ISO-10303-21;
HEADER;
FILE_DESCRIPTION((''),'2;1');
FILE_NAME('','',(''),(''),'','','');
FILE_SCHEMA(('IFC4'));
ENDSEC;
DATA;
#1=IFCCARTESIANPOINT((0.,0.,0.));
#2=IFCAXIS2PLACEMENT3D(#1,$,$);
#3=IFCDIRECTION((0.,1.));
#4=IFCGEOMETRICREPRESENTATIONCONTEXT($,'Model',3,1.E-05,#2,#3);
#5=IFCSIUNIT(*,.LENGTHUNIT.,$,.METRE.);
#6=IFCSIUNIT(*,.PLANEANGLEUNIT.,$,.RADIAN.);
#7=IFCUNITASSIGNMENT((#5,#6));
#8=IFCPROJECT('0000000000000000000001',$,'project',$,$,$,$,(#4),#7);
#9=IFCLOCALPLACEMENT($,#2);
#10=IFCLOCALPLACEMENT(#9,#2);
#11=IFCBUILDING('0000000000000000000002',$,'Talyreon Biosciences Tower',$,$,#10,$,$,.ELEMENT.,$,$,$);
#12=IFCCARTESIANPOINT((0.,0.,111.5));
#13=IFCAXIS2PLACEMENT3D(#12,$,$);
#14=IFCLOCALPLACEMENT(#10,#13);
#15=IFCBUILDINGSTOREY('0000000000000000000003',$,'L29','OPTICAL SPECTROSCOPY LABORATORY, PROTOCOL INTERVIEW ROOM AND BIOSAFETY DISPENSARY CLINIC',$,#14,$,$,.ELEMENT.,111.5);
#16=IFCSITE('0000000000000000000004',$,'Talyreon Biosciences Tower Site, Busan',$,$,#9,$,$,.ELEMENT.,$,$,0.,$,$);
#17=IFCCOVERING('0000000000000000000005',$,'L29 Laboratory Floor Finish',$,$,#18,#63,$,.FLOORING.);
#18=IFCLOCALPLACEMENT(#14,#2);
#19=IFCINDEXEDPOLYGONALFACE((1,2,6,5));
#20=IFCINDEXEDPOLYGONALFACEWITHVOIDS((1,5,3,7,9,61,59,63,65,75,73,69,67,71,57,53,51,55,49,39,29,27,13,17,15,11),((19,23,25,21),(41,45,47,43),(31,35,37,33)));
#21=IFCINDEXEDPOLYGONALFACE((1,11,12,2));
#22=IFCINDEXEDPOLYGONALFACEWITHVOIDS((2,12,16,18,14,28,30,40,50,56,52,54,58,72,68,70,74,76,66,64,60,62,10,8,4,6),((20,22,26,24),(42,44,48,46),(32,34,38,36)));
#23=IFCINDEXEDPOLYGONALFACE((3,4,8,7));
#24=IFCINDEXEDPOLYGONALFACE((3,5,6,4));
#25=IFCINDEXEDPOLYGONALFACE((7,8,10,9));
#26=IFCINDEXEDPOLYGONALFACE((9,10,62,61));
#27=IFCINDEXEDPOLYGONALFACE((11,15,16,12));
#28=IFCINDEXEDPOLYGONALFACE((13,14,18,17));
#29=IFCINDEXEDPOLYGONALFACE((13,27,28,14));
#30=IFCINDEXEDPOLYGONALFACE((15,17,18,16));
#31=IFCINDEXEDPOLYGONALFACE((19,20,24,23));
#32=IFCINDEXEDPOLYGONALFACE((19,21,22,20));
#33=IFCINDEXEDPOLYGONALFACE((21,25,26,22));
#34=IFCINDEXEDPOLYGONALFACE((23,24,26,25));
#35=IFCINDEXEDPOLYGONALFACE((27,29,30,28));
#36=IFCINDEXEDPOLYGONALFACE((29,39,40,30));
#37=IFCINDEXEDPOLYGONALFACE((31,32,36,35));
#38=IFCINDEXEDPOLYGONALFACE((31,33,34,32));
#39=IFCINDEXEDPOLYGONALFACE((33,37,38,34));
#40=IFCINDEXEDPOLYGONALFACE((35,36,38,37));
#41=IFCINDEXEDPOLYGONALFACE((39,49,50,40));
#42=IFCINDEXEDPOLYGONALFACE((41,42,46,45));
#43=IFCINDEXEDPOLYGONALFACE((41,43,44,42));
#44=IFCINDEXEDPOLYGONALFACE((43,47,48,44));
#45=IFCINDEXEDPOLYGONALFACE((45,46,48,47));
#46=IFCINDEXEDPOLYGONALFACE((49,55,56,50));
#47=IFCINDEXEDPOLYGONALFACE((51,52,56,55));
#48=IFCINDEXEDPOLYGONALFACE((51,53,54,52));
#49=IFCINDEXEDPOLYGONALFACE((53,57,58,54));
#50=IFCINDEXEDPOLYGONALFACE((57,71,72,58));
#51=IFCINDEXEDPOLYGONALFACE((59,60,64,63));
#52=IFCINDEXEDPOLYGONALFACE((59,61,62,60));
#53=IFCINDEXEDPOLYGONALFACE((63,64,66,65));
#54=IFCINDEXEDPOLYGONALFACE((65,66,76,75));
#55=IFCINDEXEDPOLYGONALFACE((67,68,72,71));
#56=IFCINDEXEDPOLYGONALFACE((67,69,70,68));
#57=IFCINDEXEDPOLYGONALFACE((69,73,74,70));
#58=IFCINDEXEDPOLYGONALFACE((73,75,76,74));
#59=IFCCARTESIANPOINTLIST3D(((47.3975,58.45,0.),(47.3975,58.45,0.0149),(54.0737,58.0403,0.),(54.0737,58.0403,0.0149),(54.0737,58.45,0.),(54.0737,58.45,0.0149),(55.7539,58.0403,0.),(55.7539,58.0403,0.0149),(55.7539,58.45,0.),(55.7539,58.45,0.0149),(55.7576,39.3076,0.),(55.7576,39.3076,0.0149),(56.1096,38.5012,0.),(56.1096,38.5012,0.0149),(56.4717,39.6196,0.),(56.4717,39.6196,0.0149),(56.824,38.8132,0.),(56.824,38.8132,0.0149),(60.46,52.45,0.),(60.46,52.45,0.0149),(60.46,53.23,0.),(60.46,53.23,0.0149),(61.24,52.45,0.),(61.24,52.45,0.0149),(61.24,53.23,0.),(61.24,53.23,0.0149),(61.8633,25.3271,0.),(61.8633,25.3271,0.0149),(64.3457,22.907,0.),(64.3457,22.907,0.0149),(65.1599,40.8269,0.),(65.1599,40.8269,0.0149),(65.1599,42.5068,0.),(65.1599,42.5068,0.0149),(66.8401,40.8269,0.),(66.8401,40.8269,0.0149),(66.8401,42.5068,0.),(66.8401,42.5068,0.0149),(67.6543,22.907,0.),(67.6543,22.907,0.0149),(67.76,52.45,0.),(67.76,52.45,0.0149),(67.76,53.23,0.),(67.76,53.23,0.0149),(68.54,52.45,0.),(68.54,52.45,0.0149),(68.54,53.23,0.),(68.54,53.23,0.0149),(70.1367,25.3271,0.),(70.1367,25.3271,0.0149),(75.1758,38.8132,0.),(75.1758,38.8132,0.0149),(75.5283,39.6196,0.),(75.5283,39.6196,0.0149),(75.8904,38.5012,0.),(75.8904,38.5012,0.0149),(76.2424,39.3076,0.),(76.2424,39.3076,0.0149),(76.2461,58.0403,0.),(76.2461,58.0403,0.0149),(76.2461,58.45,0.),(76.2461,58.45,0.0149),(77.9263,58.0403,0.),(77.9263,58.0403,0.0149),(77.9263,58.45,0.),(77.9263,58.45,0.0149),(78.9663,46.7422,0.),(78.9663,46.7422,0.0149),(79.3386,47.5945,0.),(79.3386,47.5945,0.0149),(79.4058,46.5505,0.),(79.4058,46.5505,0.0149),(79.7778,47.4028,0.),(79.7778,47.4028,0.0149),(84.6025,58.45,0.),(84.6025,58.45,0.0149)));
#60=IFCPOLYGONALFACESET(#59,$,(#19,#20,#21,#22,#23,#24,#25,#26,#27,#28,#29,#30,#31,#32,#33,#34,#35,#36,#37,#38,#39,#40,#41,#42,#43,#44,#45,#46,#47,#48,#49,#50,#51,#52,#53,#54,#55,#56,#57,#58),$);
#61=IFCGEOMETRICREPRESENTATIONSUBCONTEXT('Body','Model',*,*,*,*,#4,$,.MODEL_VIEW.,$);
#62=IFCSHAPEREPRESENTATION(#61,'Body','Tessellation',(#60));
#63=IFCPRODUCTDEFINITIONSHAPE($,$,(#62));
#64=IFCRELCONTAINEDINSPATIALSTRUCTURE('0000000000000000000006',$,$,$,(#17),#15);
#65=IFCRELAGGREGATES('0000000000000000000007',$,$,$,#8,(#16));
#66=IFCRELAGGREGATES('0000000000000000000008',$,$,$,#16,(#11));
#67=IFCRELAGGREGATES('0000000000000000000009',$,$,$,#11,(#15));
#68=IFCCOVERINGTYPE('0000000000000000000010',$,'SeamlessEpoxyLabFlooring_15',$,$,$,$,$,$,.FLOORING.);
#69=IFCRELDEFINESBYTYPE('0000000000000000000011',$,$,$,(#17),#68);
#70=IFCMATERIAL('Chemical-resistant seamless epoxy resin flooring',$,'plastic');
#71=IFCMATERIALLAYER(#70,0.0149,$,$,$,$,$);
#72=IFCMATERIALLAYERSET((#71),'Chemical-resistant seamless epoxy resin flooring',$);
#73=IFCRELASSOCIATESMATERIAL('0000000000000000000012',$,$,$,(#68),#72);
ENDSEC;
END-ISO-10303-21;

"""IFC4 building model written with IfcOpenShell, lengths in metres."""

from ifc_helpers import new_model, si_unit, direction, frame, origin, place, context, subcontext, project, spatial, polyline, outline, extrude, material, layer, layer_set, type_object, element, save


model = new_model("IFC4")

# Units and contexts
model_context = context("Model", 3, precision=1e-05, world=origin(), true_north=direction((0.0, 1.0)))
body_context = subcontext(model_context, "Body", "Model", "MODEL_VIEW")
ifc_project = project(units=[si_unit("LENGTHUNIT", "METRE"), si_unit("PLANEANGLEUNIT", "RADIAN")], contexts=[model_context])

# Site, building, storey
site_placement = place(None, origin())
site = spatial("IfcSite", under=ifc_project, at=site_placement, Name="Talyreon Biosciences Tower Site, Busan", CompositionType="ELEMENT", RefElevation=0.0)
building_placement = place(site_placement, origin())
building = spatial("IfcBuilding", under=site, at=building_placement, Name="Talyreon Biosciences Tower", CompositionType="ELEMENT")
storey_placement = place(building_placement, frame((0.0, 0.0, 111.5)))
storey = spatial("IfcBuildingStorey", under=building, at=storey_placement, Name="L29", Description="OPTICAL SPECTROSCOPY LABORATORY, PROTOCOL INTERVIEW ROOM AND BIOSAFETY DISPENSARY CLINIC", CompositionType="ELEMENT", Elevation=111.5)

# Covering
ifc_material_1 = material(Name="Chemical-resistant seamless epoxy resin flooring", Category="plastic")
ifc_layer_1 = layer(ifc_material_1, 0.0149)
ifc_layer_set_1 = layer_set([ifc_layer_1], Name="Chemical-resistant seamless epoxy resin flooring")
covering_type_1 = type_object("IfcCoveringType", Name="SeamlessEpoxyLabFlooring_15", PredefinedType="FLOORING", material=ifc_layer_set_1)
covering_1_placement = place(storey_placement, origin())
element("IfcCovering", 1, at=covering_1_placement, inside=storey, type_object=covering_type_1, Name="L29 Laboratory Floor Finish", PredefinedType="FLOORING", context=body_context, shape_type="SweptSolid", body=[
    extrude(outline(polyline([(54.0737, 58.45), (54.0737, 58.0403), (55.7539, 58.0403), (55.7539, 58.45), (76.2461, 58.45), (76.2461, 58.0403), (77.9263, 58.0403), (77.9263, 58.45), (84.6025, 58.45), (79.7778, 47.4028), (79.3386, 47.5945), (78.9663, 46.7422), (79.4058, 46.5505), (76.2424, 39.3076), (75.5283, 39.6196), (75.1758, 38.8132), (75.8904, 38.5012), (70.1367, 25.3271), (67.6543, 22.907), (64.3457, 22.907), (61.8633, 25.3271), (56.1096, 38.5012), (56.824, 38.8132), (56.4717, 39.6196), (55.7576, 39.3076), (47.3975, 58.45), (54.0737, 58.45)]), holes=[polyline([(66.8401, 40.8269), (66.8401, 42.5068), (65.1599, 42.5068), (65.1599, 40.8269), (66.8401, 40.8269)]), polyline([(61.24, 52.45), (61.24, 53.23), (60.46, 53.23), (60.46, 52.45), (61.24, 52.45)]), polyline([(67.76, 52.45), (68.54, 52.45), (68.54, 53.23), (67.76, 53.23), (67.76, 52.45)])]), origin(), (0.0, 0.0, 1.0), 0.0149),
])

save(model, "model.ifc")
